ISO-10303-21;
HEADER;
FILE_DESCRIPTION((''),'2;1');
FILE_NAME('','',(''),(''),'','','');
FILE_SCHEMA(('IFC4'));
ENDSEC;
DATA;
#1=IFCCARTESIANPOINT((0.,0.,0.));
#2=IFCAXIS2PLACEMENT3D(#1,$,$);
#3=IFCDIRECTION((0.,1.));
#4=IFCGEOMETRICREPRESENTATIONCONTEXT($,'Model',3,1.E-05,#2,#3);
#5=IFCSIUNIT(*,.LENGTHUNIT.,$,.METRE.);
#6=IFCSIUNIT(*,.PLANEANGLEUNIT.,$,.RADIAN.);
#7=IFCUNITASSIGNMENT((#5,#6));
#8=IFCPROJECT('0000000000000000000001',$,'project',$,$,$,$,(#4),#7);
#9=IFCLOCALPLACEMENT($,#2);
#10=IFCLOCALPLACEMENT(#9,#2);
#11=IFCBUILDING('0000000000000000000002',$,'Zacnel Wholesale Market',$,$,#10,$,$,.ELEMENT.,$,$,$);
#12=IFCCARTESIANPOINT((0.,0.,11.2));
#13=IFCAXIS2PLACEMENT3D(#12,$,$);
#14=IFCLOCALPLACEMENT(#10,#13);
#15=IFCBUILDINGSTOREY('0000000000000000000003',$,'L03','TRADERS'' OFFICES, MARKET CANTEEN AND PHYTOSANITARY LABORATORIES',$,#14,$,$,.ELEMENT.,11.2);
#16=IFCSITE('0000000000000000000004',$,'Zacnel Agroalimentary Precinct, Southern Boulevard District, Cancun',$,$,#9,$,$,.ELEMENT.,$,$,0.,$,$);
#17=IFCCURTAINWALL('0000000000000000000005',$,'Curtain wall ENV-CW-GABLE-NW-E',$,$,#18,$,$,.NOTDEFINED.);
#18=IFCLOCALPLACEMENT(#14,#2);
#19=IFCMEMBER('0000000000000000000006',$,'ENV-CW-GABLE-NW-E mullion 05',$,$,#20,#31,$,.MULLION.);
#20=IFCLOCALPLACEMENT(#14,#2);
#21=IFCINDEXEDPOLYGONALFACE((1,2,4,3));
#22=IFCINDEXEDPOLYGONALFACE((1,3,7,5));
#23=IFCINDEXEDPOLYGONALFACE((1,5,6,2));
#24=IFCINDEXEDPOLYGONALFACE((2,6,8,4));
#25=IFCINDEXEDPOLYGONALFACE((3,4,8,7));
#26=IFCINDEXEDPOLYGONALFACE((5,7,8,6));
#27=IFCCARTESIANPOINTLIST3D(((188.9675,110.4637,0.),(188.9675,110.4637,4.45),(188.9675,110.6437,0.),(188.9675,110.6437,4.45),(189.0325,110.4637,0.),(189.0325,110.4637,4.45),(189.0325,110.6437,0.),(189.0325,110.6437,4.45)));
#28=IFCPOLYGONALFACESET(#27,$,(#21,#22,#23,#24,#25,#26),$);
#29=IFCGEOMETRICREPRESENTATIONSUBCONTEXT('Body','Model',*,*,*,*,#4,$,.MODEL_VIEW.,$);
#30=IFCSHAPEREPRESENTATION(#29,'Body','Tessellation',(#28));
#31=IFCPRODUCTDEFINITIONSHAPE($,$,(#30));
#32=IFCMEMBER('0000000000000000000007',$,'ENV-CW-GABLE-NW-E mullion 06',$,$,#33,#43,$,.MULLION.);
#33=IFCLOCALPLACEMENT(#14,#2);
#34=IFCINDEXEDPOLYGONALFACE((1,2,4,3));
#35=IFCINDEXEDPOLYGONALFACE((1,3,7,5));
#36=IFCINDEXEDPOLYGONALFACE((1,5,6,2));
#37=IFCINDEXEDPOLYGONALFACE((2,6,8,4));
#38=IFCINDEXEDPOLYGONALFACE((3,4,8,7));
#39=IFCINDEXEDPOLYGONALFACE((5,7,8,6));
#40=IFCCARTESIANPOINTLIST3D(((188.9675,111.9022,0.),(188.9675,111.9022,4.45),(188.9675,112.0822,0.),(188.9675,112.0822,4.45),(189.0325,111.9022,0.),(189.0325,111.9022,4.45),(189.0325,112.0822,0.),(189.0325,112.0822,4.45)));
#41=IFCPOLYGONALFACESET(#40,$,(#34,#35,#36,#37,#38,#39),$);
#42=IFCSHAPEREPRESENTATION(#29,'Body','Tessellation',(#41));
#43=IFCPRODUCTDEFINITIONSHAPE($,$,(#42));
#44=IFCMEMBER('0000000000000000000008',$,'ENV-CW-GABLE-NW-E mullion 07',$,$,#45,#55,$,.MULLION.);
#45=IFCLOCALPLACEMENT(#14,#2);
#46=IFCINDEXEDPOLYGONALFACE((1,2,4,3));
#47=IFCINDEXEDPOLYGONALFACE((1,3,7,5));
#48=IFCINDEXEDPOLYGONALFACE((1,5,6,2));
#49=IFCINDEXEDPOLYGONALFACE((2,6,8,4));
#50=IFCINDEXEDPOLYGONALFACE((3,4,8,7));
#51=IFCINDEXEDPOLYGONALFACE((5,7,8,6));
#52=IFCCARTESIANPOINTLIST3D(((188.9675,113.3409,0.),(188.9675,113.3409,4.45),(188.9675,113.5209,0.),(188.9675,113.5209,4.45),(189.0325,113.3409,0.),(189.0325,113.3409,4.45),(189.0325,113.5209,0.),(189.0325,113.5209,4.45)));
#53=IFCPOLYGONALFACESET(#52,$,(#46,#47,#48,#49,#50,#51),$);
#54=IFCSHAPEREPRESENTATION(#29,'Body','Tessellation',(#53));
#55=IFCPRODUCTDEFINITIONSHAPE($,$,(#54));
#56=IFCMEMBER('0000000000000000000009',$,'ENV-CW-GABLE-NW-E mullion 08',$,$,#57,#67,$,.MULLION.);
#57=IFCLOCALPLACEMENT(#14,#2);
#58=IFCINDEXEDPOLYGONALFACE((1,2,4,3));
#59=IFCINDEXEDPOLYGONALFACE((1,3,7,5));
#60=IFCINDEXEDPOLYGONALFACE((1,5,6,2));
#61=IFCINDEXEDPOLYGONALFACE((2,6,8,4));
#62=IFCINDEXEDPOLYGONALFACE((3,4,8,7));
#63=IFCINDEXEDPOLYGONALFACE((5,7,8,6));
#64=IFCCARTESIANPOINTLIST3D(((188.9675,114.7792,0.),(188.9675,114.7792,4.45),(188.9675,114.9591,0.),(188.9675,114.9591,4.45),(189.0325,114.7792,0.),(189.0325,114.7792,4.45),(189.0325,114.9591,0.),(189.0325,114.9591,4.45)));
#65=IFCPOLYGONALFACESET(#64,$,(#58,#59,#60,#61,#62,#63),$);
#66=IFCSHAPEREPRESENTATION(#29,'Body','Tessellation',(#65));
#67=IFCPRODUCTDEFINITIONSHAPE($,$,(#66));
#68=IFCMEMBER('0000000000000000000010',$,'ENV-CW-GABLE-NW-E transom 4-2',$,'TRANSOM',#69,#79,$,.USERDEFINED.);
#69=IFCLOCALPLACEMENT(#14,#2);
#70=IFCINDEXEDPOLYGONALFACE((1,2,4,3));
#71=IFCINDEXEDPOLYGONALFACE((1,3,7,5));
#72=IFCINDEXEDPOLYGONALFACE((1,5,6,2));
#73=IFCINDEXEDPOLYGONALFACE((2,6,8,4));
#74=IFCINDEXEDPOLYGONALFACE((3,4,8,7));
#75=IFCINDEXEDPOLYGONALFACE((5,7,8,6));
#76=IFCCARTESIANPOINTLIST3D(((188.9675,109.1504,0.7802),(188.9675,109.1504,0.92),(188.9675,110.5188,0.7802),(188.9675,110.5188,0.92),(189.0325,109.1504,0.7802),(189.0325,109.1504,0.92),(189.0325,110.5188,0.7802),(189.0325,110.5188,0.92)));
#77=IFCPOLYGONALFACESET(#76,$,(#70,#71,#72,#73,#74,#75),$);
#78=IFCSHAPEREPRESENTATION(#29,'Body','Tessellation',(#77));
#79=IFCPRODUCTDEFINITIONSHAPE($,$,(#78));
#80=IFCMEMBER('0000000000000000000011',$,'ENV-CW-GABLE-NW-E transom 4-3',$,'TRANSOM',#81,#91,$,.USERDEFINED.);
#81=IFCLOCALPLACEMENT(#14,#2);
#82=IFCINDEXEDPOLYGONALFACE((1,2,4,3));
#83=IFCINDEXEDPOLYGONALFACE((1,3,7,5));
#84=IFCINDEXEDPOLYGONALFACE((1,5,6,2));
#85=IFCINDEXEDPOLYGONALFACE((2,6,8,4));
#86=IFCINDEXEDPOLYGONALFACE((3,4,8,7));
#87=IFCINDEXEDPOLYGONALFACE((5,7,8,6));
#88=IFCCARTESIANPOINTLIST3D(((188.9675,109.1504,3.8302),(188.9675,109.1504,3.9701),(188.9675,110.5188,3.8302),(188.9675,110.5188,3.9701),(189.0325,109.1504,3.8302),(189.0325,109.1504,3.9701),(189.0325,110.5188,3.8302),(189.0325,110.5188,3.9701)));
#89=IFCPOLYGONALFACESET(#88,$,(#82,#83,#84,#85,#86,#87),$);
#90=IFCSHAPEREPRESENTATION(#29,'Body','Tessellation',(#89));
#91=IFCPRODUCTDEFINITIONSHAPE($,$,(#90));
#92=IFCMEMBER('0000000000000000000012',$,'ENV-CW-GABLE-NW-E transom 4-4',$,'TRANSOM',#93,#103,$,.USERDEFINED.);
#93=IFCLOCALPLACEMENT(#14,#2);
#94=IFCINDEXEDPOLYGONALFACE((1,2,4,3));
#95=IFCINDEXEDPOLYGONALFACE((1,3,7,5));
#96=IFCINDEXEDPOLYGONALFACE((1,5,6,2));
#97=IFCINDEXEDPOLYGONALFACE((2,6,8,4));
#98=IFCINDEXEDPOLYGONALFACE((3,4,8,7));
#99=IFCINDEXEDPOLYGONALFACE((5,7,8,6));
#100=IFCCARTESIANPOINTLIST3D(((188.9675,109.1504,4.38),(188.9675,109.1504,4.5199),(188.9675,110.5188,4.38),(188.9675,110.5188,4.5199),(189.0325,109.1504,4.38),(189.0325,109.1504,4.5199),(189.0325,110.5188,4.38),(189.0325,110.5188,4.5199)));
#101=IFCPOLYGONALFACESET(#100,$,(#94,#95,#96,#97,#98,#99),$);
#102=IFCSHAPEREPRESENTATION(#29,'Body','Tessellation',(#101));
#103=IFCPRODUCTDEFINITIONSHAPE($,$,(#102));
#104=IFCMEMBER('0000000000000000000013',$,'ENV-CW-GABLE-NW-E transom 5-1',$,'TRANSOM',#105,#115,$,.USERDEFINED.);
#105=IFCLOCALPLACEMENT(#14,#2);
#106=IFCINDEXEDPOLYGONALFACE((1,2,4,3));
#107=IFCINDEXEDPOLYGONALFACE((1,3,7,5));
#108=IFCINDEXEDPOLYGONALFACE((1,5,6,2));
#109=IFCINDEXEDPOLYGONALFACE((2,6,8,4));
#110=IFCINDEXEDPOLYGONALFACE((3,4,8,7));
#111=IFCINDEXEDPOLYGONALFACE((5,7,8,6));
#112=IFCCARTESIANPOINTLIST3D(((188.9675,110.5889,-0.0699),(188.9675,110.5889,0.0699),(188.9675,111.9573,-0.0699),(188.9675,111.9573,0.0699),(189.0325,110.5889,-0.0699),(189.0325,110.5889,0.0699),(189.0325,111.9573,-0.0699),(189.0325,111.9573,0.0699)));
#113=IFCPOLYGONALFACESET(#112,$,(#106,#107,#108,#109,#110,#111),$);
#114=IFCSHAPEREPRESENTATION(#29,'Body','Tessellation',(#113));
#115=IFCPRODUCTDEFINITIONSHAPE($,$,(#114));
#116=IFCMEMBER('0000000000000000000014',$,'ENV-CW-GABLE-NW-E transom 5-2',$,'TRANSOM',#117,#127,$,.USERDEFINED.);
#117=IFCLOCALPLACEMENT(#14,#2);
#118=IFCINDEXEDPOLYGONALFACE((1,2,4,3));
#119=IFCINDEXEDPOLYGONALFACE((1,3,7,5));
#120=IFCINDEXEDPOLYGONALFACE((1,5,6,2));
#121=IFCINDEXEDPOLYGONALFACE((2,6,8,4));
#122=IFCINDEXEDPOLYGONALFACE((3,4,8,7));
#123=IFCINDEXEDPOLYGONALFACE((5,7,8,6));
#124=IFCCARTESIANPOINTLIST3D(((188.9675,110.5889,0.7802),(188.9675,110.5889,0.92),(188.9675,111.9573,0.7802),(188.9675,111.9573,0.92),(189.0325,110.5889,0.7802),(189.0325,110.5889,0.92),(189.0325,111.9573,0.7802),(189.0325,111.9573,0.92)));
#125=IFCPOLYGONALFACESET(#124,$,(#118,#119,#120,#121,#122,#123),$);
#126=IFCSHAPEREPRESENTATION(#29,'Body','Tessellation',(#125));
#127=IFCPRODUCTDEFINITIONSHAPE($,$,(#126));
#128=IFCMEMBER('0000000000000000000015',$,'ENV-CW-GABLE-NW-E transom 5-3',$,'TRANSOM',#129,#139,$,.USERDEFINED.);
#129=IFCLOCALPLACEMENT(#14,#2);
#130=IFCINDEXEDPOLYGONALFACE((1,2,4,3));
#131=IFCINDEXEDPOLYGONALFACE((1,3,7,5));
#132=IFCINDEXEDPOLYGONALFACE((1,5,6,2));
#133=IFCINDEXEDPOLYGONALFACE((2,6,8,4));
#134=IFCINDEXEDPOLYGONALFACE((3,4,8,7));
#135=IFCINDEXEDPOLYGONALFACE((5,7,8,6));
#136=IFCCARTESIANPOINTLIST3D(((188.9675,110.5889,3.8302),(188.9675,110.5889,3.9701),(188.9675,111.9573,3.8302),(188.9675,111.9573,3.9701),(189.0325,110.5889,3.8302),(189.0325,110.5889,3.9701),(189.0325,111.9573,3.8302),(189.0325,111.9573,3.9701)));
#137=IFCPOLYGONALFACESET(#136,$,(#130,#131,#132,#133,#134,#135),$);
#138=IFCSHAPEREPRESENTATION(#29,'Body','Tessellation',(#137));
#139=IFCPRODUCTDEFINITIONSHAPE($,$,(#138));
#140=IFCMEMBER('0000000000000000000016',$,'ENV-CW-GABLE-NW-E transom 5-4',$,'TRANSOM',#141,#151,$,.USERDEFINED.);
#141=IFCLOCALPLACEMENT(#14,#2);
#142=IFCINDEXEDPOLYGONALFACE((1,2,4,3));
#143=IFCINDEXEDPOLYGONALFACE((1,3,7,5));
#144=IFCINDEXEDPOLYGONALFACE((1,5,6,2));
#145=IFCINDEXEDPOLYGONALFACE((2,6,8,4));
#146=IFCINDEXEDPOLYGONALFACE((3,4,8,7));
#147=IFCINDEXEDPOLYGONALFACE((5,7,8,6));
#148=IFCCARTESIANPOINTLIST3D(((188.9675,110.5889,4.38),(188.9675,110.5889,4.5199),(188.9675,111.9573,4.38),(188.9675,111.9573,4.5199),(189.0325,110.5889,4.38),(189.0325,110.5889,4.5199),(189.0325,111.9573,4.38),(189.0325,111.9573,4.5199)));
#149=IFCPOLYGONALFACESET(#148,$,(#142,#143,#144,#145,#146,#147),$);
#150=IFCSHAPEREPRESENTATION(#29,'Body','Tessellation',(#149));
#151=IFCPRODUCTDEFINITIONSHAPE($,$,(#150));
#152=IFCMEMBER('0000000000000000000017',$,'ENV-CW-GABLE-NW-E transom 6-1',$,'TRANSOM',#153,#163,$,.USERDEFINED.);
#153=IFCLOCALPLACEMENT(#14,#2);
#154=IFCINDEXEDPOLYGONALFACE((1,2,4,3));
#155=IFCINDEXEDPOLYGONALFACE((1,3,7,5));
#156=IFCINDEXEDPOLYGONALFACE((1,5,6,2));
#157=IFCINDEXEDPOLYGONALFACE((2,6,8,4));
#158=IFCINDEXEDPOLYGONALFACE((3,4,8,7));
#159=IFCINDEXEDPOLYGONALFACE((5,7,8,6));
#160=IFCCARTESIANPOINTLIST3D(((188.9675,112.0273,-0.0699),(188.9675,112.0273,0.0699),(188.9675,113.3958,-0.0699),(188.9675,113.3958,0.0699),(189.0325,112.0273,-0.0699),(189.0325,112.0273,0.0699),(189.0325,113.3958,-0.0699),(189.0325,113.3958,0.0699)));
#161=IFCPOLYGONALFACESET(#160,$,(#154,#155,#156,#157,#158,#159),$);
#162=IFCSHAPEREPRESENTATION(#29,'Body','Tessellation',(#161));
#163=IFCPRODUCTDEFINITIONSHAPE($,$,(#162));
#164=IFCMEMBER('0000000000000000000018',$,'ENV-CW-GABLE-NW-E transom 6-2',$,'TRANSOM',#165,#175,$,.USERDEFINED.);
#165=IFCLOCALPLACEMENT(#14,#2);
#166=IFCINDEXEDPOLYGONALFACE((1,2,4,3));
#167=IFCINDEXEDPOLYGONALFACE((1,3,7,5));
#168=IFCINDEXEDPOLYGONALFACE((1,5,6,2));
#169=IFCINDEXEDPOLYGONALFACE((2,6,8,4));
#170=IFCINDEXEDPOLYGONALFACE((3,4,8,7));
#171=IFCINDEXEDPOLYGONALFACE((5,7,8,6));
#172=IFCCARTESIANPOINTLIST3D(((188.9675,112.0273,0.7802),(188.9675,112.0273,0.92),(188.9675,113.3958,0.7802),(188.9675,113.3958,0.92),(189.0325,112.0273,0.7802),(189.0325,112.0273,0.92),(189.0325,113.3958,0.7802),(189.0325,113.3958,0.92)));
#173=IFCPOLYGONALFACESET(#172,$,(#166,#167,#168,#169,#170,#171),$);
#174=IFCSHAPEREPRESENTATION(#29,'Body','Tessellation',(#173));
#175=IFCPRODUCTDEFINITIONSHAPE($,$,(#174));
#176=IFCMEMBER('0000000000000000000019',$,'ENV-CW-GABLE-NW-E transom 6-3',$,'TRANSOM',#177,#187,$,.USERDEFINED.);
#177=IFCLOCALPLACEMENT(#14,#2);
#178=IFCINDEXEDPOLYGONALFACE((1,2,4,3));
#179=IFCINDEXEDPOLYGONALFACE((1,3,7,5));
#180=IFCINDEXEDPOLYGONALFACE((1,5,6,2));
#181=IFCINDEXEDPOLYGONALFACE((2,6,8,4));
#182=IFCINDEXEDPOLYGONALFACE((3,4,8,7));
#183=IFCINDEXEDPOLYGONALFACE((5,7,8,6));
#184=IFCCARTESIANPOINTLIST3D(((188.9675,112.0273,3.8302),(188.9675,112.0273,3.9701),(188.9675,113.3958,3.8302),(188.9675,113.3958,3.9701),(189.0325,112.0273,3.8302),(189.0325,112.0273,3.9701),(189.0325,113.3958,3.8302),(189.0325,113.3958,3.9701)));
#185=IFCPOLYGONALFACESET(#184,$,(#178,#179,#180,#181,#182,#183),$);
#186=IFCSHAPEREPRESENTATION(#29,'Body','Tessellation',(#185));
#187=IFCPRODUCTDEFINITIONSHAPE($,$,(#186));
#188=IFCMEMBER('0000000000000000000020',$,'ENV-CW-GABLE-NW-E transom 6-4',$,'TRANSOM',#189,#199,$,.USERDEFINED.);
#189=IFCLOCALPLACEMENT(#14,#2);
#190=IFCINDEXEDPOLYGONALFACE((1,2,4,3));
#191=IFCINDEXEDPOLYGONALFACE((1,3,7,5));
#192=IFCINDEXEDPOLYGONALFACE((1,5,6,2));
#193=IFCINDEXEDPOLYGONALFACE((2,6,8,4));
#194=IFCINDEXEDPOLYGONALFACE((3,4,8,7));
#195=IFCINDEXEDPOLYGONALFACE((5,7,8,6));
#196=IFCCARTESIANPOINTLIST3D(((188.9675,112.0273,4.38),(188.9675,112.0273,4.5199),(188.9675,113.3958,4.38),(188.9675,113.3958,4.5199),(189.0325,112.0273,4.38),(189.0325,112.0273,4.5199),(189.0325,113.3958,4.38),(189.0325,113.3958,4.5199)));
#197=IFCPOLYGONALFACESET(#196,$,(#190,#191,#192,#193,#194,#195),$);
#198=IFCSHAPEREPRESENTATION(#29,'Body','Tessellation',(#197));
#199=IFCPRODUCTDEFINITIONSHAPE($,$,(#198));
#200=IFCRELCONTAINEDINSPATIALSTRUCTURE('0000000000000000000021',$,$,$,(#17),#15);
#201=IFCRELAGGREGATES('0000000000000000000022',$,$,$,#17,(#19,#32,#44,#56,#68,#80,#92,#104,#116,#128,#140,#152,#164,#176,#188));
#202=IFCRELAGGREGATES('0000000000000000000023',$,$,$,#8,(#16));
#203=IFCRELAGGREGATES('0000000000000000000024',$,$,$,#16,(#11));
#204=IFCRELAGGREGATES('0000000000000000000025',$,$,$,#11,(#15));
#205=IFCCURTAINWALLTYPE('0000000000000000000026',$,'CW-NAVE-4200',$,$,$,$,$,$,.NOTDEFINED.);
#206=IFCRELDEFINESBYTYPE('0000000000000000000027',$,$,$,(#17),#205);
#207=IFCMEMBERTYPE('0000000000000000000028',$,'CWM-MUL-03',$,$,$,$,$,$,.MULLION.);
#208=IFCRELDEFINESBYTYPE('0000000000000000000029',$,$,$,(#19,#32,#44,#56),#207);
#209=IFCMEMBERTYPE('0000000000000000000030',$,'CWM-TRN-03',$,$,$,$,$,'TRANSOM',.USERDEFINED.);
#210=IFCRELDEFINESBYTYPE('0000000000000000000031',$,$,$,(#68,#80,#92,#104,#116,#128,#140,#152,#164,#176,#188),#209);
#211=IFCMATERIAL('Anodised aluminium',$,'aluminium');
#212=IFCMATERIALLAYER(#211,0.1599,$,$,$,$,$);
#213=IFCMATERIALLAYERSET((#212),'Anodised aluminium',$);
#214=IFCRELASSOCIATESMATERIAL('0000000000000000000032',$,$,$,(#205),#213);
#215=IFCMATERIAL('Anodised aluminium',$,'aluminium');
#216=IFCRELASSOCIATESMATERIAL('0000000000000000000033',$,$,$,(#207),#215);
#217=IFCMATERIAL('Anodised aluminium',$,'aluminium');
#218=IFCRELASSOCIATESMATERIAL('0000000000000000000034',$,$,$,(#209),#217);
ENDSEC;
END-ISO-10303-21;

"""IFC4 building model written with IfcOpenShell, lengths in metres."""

from ifc_helpers import new_model, si_unit, direction, frame, origin, origin_2d, place, context, subcontext, project, spatial, rectangle, extrude, material, layer, layer_set, material_profile, profile_set, type_object, element, aggregate, save


model = new_model("IFC4")

# Units and contexts
model_context = context("Model", 3, precision=1e-05, world=origin(), true_north=direction((0.0, 1.0)))
body_context = subcontext(model_context, "Body", "Model", "MODEL_VIEW")
ifc_project = project(units=[si_unit("LENGTHUNIT", "METRE"), si_unit("PLANEANGLEUNIT", "RADIAN")], contexts=[model_context])

# Site, building, storey
site_placement = place(None, origin())
site = spatial("IfcSite", under=ifc_project, at=site_placement, Name="Zacnel Agroalimentary Precinct, Southern Boulevard District, Cancun", CompositionType="ELEMENT", RefElevation=0.0)
building_placement = place(site_placement, origin())
building = spatial("IfcBuilding", under=site, at=building_placement, Name="Zacnel Wholesale Market", CompositionType="ELEMENT")
storey_placement = place(building_placement, frame((0.0, 0.0, 11.2)))
storey = spatial("IfcBuildingStorey", under=building, at=storey_placement, Name="L03", Description="TRADERS' OFFICES, MARKET CANTEEN AND PHYTOSANITARY LABORATORIES", CompositionType="ELEMENT", Elevation=11.2)

# Curtain wall, members
ifc_material_1 = material(Name="Anodised aluminium", Category="aluminium")
ifc_layer_1 = layer(ifc_material_1, 0.1599)
ifc_layer_set_1 = layer_set([ifc_layer_1], Name="Anodised aluminium")
curtain_wall_type = type_object("IfcCurtainWallType", Name="CW-NAVE-4200", PredefinedType="NOTDEFINED", material=ifc_layer_set_1)
curtain_wall_placement = place(storey_placement, origin())
curtain_wall = element("IfcCurtainWall", 1, at=curtain_wall_placement, inside=storey, type_object=curtain_wall_type, Name="Curtain wall ENV-CW-GABLE-NW-E", PredefinedType="NOTDEFINED")
ifc_material_2 = material(Name="Anodised aluminium", Category="aluminium")
ifc_material_profile_1 = material_profile(ifc_material_2, rectangle(XDim=0.0649, YDim=0.1799, at=origin_2d()), Name="AW-MULLION 65x180")
ifc_profile_set_1 = profile_set([ifc_material_profile_1], Name="Anodised aluminium")
member_type_1 = type_object("IfcMemberType", Name="CWM-MUL-03", PredefinedType="MULLION", material=ifc_profile_set_1)
member_1_placement = place(storey_placement, frame((189.0, 110.5537, 0.0), z_axis=(0.0, 0.0, 1.0), x_axis=(1.0, 0.0, 0.0)))
member_1 = element("IfcMember", 2, at=member_1_placement, type_object=member_type_1, Name="ENV-CW-GABLE-NW-E mullion 05", PredefinedType="MULLION", context=body_context, shape_type="SweptSolid", body=[
    extrude(rectangle(XDim=0.0649, YDim=0.1799, at=origin_2d()), origin(), (0.0, 0.0, 1.0), 4.45),
])
member_2_placement = place(storey_placement, frame((189.0, 111.9922, 0.0), z_axis=(0.0, 0.0, 1.0), x_axis=(1.0, 0.0, 0.0)))
member_2 = element("IfcMember", 3, at=member_2_placement, type_object=member_type_1, Name="ENV-CW-GABLE-NW-E mullion 06", PredefinedType="MULLION", context=body_context, shape_type="SweptSolid", body=[
    extrude(rectangle(XDim=0.0649, YDim=0.1799, at=origin_2d()), origin(), (0.0, 0.0, 1.0), 4.45),
])
member_3_placement = place(storey_placement, frame((189.0, 113.4309, 0.0), z_axis=(0.0, 0.0, 1.0), x_axis=(1.0, 0.0, 0.0)))
member_3 = element("IfcMember", 4, at=member_3_placement, type_object=member_type_1, Name="ENV-CW-GABLE-NW-E mullion 07", PredefinedType="MULLION", context=body_context, shape_type="SweptSolid", body=[
    extrude(rectangle(XDim=0.0649, YDim=0.1799, at=origin_2d()), origin(), (0.0, 0.0, 1.0), 4.45),
])
member_4_placement = place(storey_placement, frame((189.0, 114.8691, 0.0), z_axis=(0.0, 0.0, 1.0), x_axis=(1.0, 0.0, 0.0)))
member_4 = element("IfcMember", 5, at=member_4_placement, type_object=member_type_1, Name="ENV-CW-GABLE-NW-E mullion 08", PredefinedType="MULLION", context=body_context, shape_type="SweptSolid", body=[
    extrude(rectangle(XDim=0.0649, YDim=0.1799, at=origin_2d()), origin(), (0.0, 0.0, 1.0), 4.45),
])
ifc_material_3 = material(Name="Anodised aluminium", Category="aluminium")
ifc_material_profile_2 = material_profile(ifc_material_3, rectangle(XDim=0.0649, YDim=0.1399, at=origin_2d()), Name="AW-TRANSOM 65x140")
ifc_profile_set_2 = profile_set([ifc_material_profile_2], Name="Anodised aluminium")
member_type_2 = type_object("IfcMemberType", Name="CWM-TRN-03", ElementType="TRANSOM", PredefinedType="USERDEFINED", material=ifc_profile_set_2)
member_5_placement = place(storey_placement, frame((189.0, 109.1504, 0.8501), z_axis=(0.0, 1.0, 0.0), x_axis=(-1.0, 0.0, 0.0)))
member_5 = element("IfcMember", 6, at=member_5_placement, type_object=member_type_2, Name="ENV-CW-GABLE-NW-E transom 4-2", ObjectType="TRANSOM", PredefinedType="USERDEFINED", context=body_context, shape_type="SweptSolid", body=[
    extrude(rectangle(XDim=0.0649, YDim=0.1399, at=origin_2d()), origin(), (0.0, 0.0, 1.0), 1.3684),
])
member_6_placement = place(storey_placement, frame((189.0, 109.1504, 3.9001), z_axis=(0.0, 1.0, 0.0), x_axis=(-1.0, 0.0, 0.0)))
member_6 = element("IfcMember", 7, at=member_6_placement, type_object=member_type_2, Name="ENV-CW-GABLE-NW-E transom 4-3", ObjectType="TRANSOM", PredefinedType="USERDEFINED", context=body_context, shape_type="SweptSolid", body=[
    extrude(rectangle(XDim=0.0649, YDim=0.1399, at=origin_2d()), origin(), (0.0, 0.0, 1.0), 1.3684),
])
member_7_placement = place(storey_placement, frame((189.0, 109.1504, 4.45), z_axis=(0.0, 1.0, 0.0), x_axis=(-1.0, 0.0, 0.0)))
member_7 = element("IfcMember", 8, at=member_7_placement, type_object=member_type_2, Name="ENV-CW-GABLE-NW-E transom 4-4", ObjectType="TRANSOM", PredefinedType="USERDEFINED", context=body_context, shape_type="SweptSolid", body=[
    extrude(rectangle(XDim=0.0649, YDim=0.1399, at=origin_2d()), origin(), (0.0, 0.0, 1.0), 1.3684),
])
member_8_placement = place(storey_placement, frame((189.0, 110.5889, 0.0), z_axis=(0.0, 1.0, 0.0), x_axis=(-1.0, 0.0, 0.0)))
member_8 = element("IfcMember", 9, at=member_8_placement, type_object=member_type_2, Name="ENV-CW-GABLE-NW-E transom 5-1", ObjectType="TRANSOM", PredefinedType="USERDEFINED", context=body_context, shape_type="SweptSolid", body=[
    extrude(rectangle(XDim=0.0649, YDim=0.1399, at=origin_2d()), origin(), (0.0, 0.0, 1.0), 1.3684),
])
member_9_placement = place(storey_placement, frame((189.0, 110.5889, 0.8501), z_axis=(0.0, 1.0, 0.0), x_axis=(-1.0, 0.0, 0.0)))
member_9 = element("IfcMember", 10, at=member_9_placement, type_object=member_type_2, Name="ENV-CW-GABLE-NW-E transom 5-2", ObjectType="TRANSOM", PredefinedType="USERDEFINED", context=body_context, shape_type="SweptSolid", body=[
    extrude(rectangle(XDim=0.0649, YDim=0.1399, at=origin_2d()), origin(), (0.0, 0.0, 1.0), 1.3684),
])
member_10_placement = place(storey_placement, frame((189.0, 110.5889, 3.9001), z_axis=(0.0, 1.0, 0.0), x_axis=(-1.0, 0.0, 0.0)))
member_10 = element("IfcMember", 11, at=member_10_placement, type_object=member_type_2, Name="ENV-CW-GABLE-NW-E transom 5-3", ObjectType="TRANSOM", PredefinedType="USERDEFINED", context=body_context, shape_type="SweptSolid", body=[
    extrude(rectangle(XDim=0.0649, YDim=0.1399, at=origin_2d()), origin(), (0.0, 0.0, 1.0), 1.3684),
])
member_11_placement = place(storey_placement, frame((189.0, 110.5889, 4.45), z_axis=(0.0, 1.0, 0.0), x_axis=(-1.0, 0.0, 0.0)))
member_11 = element("IfcMember", 12, at=member_11_placement, type_object=member_type_2, Name="ENV-CW-GABLE-NW-E transom 5-4", ObjectType="TRANSOM", PredefinedType="USERDEFINED", context=body_context, shape_type="SweptSolid", body=[
    extrude(rectangle(XDim=0.0649, YDim=0.1399, at=origin_2d()), origin(), (0.0, 0.0, 1.0), 1.3684),
])
member_12_placement = place(storey_placement, frame((189.0, 112.0273, 0.0), z_axis=(0.0, 1.0, 0.0), x_axis=(-1.0, 0.0, 0.0)))
member_12 = element("IfcMember", 13, at=member_12_placement, type_object=member_type_2, Name="ENV-CW-GABLE-NW-E transom 6-1", ObjectType="TRANSOM", PredefinedType="USERDEFINED", context=body_context, shape_type="SweptSolid", body=[
    extrude(rectangle(XDim=0.0649, YDim=0.1399, at=origin_2d()), origin(), (0.0, 0.0, 1.0), 1.3684),
])
member_13_placement = place(storey_placement, frame((189.0, 112.0273, 0.8501), z_axis=(0.0, 1.0, 0.0), x_axis=(-1.0, 0.0, 0.0)))
member_13 = element("IfcMember", 14, at=member_13_placement, type_object=member_type_2, Name="ENV-CW-GABLE-NW-E transom 6-2", ObjectType="TRANSOM", PredefinedType="USERDEFINED", context=body_context, shape_type="SweptSolid", body=[
    extrude(rectangle(XDim=0.0649, YDim=0.1399, at=origin_2d()), origin(), (0.0, 0.0, 1.0), 1.3684),
])
member_14_placement = place(storey_placement, frame((189.0, 112.0273, 3.9001), z_axis=(0.0, 1.0, 0.0), x_axis=(-1.0, 0.0, 0.0)))
member_14 = element("IfcMember", 15, at=member_14_placement, type_object=member_type_2, Name="ENV-CW-GABLE-NW-E transom 6-3", ObjectType="TRANSOM", PredefinedType="USERDEFINED", context=body_context, shape_type="SweptSolid", body=[
    extrude(rectangle(XDim=0.0649, YDim=0.1399, at=origin_2d()), origin(), (0.0, 0.0, 1.0), 1.3684),
])
member_15_placement = place(storey_placement, frame((189.0, 112.0273, 4.45), z_axis=(0.0, 1.0, 0.0), x_axis=(-1.0, 0.0, 0.0)))
member_15 = element("IfcMember", 16, at=member_15_placement, type_object=member_type_2, Name="ENV-CW-GABLE-NW-E transom 6-4", ObjectType="TRANSOM", PredefinedType="USERDEFINED", context=body_context, shape_type="SweptSolid", body=[
    extrude(rectangle(XDim=0.0649, YDim=0.1399, at=origin_2d()), origin(), (0.0, 0.0, 1.0), 1.3684),
])
aggregate(curtain_wall, [member_1, member_2, member_3, member_4, member_5, member_6, member_7, member_8, member_9, member_10, member_11, member_12, member_13, member_14, member_15])

save(model, "model.ifc")
